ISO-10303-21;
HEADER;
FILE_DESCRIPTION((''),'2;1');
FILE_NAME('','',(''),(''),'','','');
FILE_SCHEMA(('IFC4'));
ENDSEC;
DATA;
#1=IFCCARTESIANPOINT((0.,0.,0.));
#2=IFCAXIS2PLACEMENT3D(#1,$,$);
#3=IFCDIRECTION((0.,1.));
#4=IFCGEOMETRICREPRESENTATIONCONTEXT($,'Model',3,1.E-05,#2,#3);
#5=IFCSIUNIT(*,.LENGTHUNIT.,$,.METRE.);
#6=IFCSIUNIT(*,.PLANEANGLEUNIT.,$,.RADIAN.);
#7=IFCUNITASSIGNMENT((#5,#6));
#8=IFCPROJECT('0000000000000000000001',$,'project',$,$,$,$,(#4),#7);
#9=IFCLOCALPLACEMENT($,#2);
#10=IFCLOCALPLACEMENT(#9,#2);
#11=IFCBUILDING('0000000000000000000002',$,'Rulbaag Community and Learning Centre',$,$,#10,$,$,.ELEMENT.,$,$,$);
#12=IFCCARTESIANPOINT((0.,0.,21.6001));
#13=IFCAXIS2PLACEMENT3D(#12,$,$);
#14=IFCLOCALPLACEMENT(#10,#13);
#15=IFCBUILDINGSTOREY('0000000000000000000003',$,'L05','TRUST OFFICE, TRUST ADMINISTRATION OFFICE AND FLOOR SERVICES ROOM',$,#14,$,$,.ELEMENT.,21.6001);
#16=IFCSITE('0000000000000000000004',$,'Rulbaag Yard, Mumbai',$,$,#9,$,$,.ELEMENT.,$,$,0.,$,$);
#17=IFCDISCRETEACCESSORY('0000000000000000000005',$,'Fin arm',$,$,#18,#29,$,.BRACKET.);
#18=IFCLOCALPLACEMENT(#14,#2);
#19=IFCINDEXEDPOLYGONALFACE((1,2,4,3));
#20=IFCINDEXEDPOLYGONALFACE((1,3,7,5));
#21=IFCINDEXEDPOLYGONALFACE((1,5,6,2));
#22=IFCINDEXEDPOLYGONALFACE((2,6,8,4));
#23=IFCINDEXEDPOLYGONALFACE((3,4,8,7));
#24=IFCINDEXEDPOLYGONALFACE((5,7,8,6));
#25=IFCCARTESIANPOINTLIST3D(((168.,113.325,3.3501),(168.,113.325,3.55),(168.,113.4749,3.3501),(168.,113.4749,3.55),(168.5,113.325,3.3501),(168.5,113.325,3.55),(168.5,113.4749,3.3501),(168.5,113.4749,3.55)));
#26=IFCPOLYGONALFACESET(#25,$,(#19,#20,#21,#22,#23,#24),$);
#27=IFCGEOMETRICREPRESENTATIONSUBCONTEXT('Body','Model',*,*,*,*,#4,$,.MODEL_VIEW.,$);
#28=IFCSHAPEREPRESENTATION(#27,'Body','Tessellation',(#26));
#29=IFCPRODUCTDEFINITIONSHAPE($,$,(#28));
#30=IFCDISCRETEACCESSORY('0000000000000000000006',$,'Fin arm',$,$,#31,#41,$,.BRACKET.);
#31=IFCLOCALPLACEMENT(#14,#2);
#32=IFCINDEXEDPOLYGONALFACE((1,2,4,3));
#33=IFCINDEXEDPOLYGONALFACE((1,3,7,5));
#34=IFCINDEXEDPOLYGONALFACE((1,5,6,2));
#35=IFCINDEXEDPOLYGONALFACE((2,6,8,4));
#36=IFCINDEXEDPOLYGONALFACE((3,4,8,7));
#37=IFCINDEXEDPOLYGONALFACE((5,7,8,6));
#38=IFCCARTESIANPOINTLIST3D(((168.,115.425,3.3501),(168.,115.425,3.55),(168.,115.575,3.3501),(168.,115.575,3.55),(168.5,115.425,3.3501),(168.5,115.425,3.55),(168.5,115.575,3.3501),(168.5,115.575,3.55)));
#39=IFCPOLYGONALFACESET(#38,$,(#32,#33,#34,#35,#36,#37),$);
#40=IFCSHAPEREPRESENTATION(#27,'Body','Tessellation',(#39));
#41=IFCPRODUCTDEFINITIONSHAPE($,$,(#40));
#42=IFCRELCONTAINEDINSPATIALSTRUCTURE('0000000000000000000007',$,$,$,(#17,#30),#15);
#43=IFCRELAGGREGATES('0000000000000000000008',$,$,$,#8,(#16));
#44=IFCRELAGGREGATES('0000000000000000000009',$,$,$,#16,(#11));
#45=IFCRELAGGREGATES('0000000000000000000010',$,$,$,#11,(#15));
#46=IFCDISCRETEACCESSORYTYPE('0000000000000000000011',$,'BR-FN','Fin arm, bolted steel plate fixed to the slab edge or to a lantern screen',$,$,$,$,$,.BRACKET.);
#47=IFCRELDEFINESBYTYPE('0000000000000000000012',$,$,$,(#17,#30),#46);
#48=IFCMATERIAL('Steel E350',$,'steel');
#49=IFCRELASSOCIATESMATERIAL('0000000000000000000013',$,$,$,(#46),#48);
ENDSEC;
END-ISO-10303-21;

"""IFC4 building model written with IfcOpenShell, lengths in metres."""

from ifc_helpers import new_model, si_unit, direction, frame, origin, origin_2d, place, context, subcontext, project, spatial, rectangle, extrude, material, type_object, element, save


model = new_model("IFC4")

# Units and contexts
model_context = context("Model", 3, precision=1e-05, world=origin(), true_north=direction((0.0, 1.0)))
body_context = subcontext(model_context, "Body", "Model", "MODEL_VIEW")
ifc_project = project(units=[si_unit("LENGTHUNIT", "METRE"), si_unit("PLANEANGLEUNIT", "RADIAN")], contexts=[model_context])

# Site, building, storey
site_placement = place(None, origin())
site = spatial("IfcSite", under=ifc_project, at=site_placement, Name="Rulbaag Yard, Mumbai", CompositionType="ELEMENT", RefElevation=0.0)
building_placement = place(site_placement, origin())
building = spatial("IfcBuilding", under=site, at=building_placement, Name="Rulbaag Community and Learning Centre", CompositionType="ELEMENT")
storey_placement = place(building_placement, frame((0.0, 0.0, 21.6001)))
storey = spatial("IfcBuildingStorey", under=building, at=storey_placement, Name="L05", Description="TRUST OFFICE, TRUST ADMINISTRATION OFFICE AND FLOOR SERVICES ROOM", CompositionType="ELEMENT", Elevation=21.6001)

# Discrete accessories
ifc_material_1 = material(Name="Steel E350", Category="steel")
discrete_accessory_type = type_object("IfcDiscreteAccessoryType", Name="BR-FN", Description="Fin arm, bolted steel plate fixed to the slab edge or to a lantern screen", PredefinedType="BRACKET", material=ifc_material_1)
for number, where, z_axis, x_axis, name in (
    (1, (168.25, 113.3999, 3.3501), (0.0, 0.0, 1.0), (1.0, 0.0, 0.0), "Fin arm"),
    (2, (168.25, 115.5, 3.3501), (0.0, 0.0, 1.0), (1.0, 0.0, 0.0), "Fin arm"),
):
    element("IfcDiscreteAccessory", number, at=place(storey_placement, frame(where, z_axis=z_axis, x_axis=x_axis)), inside=storey, type_object=discrete_accessory_type, Name=name, PredefinedType="BRACKET", context=body_context, shape_type="SweptSolid", body=[
        extrude(rectangle(XDim=0.5, YDim=0.1499, at=origin_2d()), origin(), (0.0, 0.0, 1.0), 0.2),
    ])

save(model, "model.ifc")
